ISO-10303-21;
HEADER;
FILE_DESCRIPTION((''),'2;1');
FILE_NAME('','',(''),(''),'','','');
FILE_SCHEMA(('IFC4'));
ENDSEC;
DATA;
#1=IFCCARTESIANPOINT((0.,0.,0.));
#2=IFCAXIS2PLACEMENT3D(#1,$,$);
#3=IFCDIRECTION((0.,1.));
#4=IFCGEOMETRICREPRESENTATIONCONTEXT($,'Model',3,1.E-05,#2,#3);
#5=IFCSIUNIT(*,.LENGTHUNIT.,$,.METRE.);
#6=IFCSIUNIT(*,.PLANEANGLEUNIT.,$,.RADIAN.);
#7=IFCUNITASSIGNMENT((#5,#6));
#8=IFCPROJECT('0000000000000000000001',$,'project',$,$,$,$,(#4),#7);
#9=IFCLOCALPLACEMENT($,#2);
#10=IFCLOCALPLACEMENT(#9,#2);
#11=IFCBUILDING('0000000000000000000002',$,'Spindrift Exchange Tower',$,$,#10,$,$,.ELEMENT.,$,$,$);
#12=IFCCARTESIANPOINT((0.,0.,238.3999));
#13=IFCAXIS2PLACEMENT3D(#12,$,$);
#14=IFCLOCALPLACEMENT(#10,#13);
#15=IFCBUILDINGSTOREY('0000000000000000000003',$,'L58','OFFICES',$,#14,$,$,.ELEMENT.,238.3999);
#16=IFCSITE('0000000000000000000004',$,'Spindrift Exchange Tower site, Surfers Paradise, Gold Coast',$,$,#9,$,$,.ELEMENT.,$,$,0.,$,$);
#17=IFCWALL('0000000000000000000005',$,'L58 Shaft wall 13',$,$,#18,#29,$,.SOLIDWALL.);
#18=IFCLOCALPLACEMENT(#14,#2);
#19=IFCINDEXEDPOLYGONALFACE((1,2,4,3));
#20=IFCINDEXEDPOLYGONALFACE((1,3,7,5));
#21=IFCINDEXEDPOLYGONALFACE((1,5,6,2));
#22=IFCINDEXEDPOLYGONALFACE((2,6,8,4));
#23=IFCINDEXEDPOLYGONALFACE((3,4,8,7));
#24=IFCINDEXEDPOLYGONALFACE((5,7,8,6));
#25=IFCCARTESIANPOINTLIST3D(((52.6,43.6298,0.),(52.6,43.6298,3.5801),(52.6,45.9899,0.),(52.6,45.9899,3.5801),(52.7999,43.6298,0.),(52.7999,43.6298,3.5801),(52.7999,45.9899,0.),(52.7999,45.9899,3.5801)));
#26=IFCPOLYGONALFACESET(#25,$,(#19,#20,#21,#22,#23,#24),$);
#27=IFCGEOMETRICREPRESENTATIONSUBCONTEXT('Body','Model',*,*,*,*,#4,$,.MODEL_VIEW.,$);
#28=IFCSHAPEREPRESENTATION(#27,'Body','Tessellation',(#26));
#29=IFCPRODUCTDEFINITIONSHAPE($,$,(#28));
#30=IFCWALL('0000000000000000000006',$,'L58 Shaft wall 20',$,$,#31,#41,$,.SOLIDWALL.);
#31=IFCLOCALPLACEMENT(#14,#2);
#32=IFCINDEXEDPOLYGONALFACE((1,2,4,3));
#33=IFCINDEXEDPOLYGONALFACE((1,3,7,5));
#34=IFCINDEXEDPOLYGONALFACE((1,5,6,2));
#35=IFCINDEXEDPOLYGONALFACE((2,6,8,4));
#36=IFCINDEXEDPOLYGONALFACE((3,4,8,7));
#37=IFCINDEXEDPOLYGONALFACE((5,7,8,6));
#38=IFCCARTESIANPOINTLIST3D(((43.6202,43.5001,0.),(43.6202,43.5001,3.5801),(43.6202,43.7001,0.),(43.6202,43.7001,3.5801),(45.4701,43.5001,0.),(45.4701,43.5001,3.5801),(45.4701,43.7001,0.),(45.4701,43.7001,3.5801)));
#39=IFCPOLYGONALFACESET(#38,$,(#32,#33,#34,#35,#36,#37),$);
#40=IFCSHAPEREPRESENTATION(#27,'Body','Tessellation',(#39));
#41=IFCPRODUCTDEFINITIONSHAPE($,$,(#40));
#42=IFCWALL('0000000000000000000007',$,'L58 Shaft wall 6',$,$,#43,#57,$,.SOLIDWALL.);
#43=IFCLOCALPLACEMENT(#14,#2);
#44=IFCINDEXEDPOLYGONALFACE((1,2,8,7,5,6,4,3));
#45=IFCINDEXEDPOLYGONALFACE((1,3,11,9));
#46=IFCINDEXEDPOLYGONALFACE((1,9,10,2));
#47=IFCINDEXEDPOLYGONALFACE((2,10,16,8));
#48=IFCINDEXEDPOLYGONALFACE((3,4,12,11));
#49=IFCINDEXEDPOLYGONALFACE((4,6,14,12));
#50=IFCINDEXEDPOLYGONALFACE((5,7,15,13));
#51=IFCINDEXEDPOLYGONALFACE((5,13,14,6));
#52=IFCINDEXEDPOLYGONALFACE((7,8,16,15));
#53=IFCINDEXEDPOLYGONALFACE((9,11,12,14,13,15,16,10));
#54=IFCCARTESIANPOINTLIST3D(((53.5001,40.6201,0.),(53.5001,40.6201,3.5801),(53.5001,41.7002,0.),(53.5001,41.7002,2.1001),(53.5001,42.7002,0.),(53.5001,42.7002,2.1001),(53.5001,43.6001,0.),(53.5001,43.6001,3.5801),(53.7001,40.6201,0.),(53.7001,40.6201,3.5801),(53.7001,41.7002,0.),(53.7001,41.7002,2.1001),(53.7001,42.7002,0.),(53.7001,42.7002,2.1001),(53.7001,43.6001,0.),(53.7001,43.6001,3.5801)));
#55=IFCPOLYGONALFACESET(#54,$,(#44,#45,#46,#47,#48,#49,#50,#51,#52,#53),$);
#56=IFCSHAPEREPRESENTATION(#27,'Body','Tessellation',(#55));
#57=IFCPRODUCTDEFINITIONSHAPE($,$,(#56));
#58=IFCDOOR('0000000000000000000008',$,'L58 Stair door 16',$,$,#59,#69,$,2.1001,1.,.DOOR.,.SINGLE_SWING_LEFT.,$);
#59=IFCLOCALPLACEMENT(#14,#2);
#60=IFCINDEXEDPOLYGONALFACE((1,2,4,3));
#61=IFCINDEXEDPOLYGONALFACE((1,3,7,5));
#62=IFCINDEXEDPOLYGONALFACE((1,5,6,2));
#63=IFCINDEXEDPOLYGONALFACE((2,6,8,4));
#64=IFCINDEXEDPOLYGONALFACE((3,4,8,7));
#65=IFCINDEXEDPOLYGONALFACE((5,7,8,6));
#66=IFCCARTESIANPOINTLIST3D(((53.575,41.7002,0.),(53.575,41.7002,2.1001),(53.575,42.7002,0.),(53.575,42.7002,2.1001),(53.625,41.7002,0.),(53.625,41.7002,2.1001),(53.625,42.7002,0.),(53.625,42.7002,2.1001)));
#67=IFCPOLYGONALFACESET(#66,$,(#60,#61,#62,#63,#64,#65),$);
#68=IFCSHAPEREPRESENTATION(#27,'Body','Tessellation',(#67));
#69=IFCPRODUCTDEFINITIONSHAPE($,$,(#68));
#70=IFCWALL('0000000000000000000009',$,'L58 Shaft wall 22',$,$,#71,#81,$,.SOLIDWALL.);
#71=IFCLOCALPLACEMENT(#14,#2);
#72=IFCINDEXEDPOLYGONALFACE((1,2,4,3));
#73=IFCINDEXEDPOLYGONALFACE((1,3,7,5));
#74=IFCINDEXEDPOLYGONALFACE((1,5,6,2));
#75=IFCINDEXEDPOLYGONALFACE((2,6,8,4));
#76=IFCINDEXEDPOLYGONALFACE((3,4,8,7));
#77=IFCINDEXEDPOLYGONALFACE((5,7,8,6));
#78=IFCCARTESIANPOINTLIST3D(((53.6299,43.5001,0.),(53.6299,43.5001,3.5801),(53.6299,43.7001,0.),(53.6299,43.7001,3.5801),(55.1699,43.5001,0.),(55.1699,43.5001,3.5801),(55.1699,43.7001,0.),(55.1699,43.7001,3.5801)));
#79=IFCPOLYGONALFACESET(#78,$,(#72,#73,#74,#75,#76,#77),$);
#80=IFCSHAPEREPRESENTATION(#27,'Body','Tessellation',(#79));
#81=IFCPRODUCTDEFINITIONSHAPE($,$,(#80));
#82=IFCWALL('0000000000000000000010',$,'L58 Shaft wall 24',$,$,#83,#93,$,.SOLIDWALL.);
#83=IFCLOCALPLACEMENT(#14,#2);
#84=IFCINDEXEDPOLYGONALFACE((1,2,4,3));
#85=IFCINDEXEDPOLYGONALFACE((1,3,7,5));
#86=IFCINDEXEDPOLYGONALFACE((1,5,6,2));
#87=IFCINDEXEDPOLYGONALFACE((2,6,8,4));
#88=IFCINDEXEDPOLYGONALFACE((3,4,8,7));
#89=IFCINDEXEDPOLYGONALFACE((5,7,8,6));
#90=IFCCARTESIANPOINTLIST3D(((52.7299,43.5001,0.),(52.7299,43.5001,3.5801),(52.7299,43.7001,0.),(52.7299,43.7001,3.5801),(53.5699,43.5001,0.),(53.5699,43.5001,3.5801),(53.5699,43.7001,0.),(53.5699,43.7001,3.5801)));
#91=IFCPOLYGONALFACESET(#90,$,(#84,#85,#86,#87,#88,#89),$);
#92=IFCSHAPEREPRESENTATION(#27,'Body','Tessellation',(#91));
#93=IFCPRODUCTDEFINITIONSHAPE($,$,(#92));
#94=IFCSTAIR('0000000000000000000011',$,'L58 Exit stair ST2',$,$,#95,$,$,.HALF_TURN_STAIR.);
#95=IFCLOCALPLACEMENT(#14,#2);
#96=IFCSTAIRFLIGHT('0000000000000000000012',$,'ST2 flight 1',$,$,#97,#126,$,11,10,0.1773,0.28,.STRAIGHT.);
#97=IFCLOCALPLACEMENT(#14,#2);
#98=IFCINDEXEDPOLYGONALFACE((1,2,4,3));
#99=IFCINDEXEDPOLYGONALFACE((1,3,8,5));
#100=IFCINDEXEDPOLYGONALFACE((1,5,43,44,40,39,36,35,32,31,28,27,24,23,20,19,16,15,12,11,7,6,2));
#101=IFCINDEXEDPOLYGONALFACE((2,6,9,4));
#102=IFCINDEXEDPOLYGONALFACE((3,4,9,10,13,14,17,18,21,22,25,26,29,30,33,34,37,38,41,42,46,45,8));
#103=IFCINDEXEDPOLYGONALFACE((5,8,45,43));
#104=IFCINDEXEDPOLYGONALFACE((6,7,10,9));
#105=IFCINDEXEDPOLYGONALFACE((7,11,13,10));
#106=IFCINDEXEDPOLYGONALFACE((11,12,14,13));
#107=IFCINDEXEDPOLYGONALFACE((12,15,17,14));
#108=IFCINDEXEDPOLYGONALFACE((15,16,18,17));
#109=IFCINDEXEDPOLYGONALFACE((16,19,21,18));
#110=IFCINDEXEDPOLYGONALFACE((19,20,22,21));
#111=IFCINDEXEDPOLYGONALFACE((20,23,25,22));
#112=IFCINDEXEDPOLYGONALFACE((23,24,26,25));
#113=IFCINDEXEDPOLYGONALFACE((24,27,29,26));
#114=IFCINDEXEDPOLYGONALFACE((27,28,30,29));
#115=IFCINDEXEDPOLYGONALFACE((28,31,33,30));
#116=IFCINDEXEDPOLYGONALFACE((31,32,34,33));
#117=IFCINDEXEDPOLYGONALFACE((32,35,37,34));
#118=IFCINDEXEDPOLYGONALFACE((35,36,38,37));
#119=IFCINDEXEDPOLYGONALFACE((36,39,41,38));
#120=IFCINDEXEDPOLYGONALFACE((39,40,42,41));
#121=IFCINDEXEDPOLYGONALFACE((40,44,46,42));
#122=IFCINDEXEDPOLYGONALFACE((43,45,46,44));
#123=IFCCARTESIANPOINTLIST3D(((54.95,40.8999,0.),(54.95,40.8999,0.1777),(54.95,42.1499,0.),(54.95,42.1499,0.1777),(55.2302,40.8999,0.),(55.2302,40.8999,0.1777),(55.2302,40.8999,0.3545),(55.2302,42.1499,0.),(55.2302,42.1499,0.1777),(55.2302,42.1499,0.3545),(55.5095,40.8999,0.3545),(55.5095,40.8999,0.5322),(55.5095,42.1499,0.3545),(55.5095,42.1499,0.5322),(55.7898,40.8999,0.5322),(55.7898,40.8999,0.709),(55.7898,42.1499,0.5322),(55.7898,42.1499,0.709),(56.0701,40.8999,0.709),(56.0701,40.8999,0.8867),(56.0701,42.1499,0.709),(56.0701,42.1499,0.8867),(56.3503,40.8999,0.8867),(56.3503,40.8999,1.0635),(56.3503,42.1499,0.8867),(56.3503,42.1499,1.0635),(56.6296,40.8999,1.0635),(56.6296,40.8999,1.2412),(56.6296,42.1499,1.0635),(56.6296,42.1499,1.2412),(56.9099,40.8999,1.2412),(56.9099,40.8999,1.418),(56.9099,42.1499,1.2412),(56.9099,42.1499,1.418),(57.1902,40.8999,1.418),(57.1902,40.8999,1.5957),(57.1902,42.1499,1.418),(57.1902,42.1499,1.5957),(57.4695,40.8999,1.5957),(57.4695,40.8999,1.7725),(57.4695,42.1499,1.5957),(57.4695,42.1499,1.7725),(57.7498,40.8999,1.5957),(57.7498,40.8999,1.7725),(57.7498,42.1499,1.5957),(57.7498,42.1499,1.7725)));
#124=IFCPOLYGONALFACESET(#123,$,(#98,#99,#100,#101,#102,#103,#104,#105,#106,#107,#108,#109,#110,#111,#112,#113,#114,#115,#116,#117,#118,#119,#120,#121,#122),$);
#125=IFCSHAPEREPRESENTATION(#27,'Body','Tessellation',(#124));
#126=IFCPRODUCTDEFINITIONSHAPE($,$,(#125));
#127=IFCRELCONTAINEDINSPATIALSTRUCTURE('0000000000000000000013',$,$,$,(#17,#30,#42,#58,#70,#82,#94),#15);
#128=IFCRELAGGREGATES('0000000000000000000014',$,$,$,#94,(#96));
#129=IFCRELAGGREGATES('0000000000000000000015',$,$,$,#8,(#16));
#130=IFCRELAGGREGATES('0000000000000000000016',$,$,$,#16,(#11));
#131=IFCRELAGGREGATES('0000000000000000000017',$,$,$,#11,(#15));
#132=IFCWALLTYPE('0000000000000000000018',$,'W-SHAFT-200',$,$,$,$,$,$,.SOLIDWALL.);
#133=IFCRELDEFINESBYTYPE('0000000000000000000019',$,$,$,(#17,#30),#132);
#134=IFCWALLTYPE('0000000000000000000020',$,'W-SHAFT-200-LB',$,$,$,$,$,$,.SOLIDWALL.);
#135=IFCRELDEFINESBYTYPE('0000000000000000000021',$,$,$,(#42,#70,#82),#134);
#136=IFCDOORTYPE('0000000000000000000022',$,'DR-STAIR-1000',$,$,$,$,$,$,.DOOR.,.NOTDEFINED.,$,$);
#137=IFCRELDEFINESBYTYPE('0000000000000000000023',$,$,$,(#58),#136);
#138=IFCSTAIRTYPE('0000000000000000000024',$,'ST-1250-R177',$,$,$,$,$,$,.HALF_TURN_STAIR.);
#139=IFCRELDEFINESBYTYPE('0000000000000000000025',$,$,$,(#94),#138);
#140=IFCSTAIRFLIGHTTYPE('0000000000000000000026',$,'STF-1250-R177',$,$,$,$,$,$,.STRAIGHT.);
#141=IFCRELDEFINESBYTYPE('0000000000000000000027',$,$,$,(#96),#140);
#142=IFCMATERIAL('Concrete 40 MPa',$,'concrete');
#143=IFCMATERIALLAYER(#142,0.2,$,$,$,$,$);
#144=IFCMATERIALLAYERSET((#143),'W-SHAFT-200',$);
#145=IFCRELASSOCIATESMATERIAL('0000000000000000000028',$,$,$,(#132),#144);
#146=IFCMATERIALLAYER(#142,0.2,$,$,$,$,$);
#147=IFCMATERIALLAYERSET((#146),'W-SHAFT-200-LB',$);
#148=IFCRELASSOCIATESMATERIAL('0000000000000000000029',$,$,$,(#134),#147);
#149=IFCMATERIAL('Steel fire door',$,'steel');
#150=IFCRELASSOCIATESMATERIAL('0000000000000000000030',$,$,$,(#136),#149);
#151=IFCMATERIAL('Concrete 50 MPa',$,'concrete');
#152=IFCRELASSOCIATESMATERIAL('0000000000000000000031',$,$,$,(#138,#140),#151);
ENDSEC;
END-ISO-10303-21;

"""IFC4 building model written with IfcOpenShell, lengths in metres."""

from ifc_helpers import new_model, si_unit, direction, frame, frame_2d, origin, place, context, subcontext, project, spatial, line, indexed_curve, rectangle, outline, extrude, source, transform, mapped, material, layer, layer_set, type_object, element, fill, aggregate, save


model = new_model("IFC4")

# Units and contexts
model_context = context("Model", 3, precision=1e-05, world=origin(), true_north=direction((0.0, 1.0)))
body_context = subcontext(model_context, "Body", "Model", "MODEL_VIEW")
ifc_project = project(units=[si_unit("LENGTHUNIT", "METRE"), si_unit("PLANEANGLEUNIT", "RADIAN")], contexts=[model_context])

# Site, building, storey
site_placement = place(None, origin())
site = spatial("IfcSite", under=ifc_project, at=site_placement, Name="Spindrift Exchange Tower site, Surfers Paradise, Gold Coast", CompositionType="ELEMENT", RefElevation=0.0)
building_placement = place(site_placement, origin())
building = spatial("IfcBuilding", under=site, at=building_placement, Name="Spindrift Exchange Tower", CompositionType="ELEMENT")
storey_placement = place(building_placement, frame((0.0, 0.0, 238.3999)))
storey = spatial("IfcBuildingStorey", under=building, at=storey_placement, Name="L58", Description="OFFICES", CompositionType="ELEMENT", Elevation=238.3999)

# Shared definitions
ifc_material_1 = material(Name="Concrete 40 MPa", Category="concrete")
ifc_layer_1 = layer(ifc_material_1, 0.2)
ifc_layer_set_1 = layer_set([ifc_layer_1], Name="W-SHAFT-200")
wall_type_1 = type_object("IfcWallType", Name="W-SHAFT-200", PredefinedType="SOLIDWALL", material=ifc_layer_set_1)

# Walls
wall_1_placement = place(storey_placement, frame((52.7, 45.99, 0.0), z_axis=(0.0, 0.0, 1.0), x_axis=(0.0, -1.0, 0.0)))
element("IfcWall", 1, at=wall_1_placement, inside=storey, type_object=wall_type_1, Name="L58 Shaft wall 13", PredefinedType="SOLIDWALL", context=body_context, shape_type="SweptSolid", body=[
    extrude(rectangle(XDim=2.3601, YDim=0.2, at=frame_2d((1.1802, 0.0))), origin(), (0.0, 0.0, 1.0), 3.5801),
])
wall_2_placement = place(storey_placement, frame((45.47, 43.6001, 0.0), z_axis=(0.0, 0.0, 1.0), x_axis=(-1.0, 0.0, 0.0)))
element("IfcWall", 2, at=wall_2_placement, inside=storey, type_object=wall_type_1, Name="L58 Shaft wall 20", PredefinedType="SOLIDWALL", context=body_context, shape_type="SweptSolid", body=[
    extrude(rectangle(XDim=1.8499, YDim=0.2, at=frame_2d((0.9248, 0.0))), origin(), (0.0, 0.0, 1.0), 3.5801),
])

# Wall, opening, door
ifc_layer_2 = layer(ifc_material_1, 0.2)
ifc_layer_set_2 = layer_set([ifc_layer_2], Name="W-SHAFT-200-LB")
wall_type_2 = type_object("IfcWallType", Name="W-SHAFT-200-LB", PredefinedType="SOLIDWALL", material=ifc_layer_set_2)
wall_3_placement = place(storey_placement, frame((53.6001, 43.6001, 0.0), z_axis=(0.0, 0.0, 1.0), x_axis=(0.0, -1.0, 0.0)))
wall_3 = element("IfcWall", 3, at=wall_3_placement, inside=storey, type_object=wall_type_2, Name="L58 Shaft wall 6", PredefinedType="SOLIDWALL", context=body_context, shape_type="SweptSolid", body=[
    extrude(rectangle(XDim=2.98, YDim=0.2, at=frame_2d((1.49, 0.0))), origin(), (0.0, 0.0, 1.0), 3.5801),
])
opening_1_placement = place(wall_3_placement, frame((0.8999, 0.0, 0.0)))
opening_1 = element("IfcOpeningElement", 4, at=opening_1_placement, cuts=wall_3, PredefinedType="OPENING", context=body_context, shape_type="SweptSolid", body=[
    extrude(rectangle(XDim=1.0, YDim=2.1001, at=frame_2d((0.5, 1.05))), frame((0.0, 0.1099, 0.0), z_axis=(0.0, -1.0, 0.0), x_axis=(1.0, 0.0, 0.0)), (0.0, 0.0, 1.0), 0.22),
])
ifc_material_2 = material(Name="Steel fire door", Category="steel")
door_type_1 = type_object("IfcDoorType", Name="DR-STAIR-1000", OperationType="NOTDEFINED", PredefinedType="DOOR", material=ifc_material_2)
shared_shape_1 = source(origin(), body_context, "Body", "SweptSolid", [
    extrude(rectangle(XDim=1.0, YDim=2.1001, at=frame_2d((0.5, 1.05))), frame((0.0, 0.0249, 0.0), z_axis=(0.0, -1.0, 0.0), x_axis=(1.0, 0.0, 0.0)), (0.0, 0.0, 1.0), 0.05),
])
door_1_placement = place(opening_1_placement, origin())
door_1 = element("IfcDoor", 5, at=door_1_placement, inside=storey, type_object=door_type_1, Name="L58 Stair door 16", OperationType="SINGLE_SWING_LEFT", OverallHeight=2.1001, OverallWidth=1.0, PredefinedType="DOOR", context=body_context, shape_type="MappedRepresentation", body=[
    mapped(shared_shape_1, transform((0.0, 0.0, 0.0), scale=1.0)),
])
fill(opening_1, door_1)

# Walls
wall_4_placement = place(storey_placement, frame((53.6299, 43.6001, 0.0), z_axis=(0.0, 0.0, 1.0), x_axis=(1.0, 0.0, 0.0)))
element("IfcWall", 6, at=wall_4_placement, inside=storey, type_object=wall_type_2, Name="L58 Shaft wall 22", PredefinedType="SOLIDWALL", context=body_context, shape_type="SweptSolid", body=[
    extrude(rectangle(XDim=1.54, YDim=0.2, at=frame_2d((0.77, 0.0))), origin(), (0.0, 0.0, 1.0), 3.5801),
])
wall_5_placement = place(storey_placement, frame((52.73, 43.6001, 0.0), z_axis=(0.0, 0.0, 1.0), x_axis=(1.0, 0.0, 0.0)))
element("IfcWall", 7, at=wall_5_placement, inside=storey, type_object=wall_type_2, Name="L58 Shaft wall 24", PredefinedType="SOLIDWALL", context=body_context, shape_type="SweptSolid", body=[
    extrude(rectangle(XDim=0.8401, YDim=0.2, at=frame_2d((0.4199, 0.0))), origin(), (0.0, 0.0, 1.0), 3.5801),
])

# Stair, stair flight
ifc_material_3 = material(Name="Concrete 50 MPa", Category="concrete")
stair_type = type_object("IfcStairType", Name="ST-1250-R177", PredefinedType="HALF_TURN_STAIR", material=ifc_material_3)
stair_placement = place(storey_placement, origin())
stair = element("IfcStair", 8, at=stair_placement, inside=storey, type_object=stair_type, Name="L58 Exit stair ST2", PredefinedType="HALF_TURN_STAIR")
stair_flight_type = type_object("IfcStairFlightType", Name="STF-1250-R177", PredefinedType="STRAIGHT", material=ifc_material_3)
stair_flight_placement = place(storey_placement, frame((54.95, 41.5249, 0.0), z_axis=(0.0, 0.0, 1.0), x_axis=(1.0, 0.0, 0.0)))
stair_flight = element("IfcStairFlight", 9, at=stair_flight_placement, type_object=stair_flight_type, Name="ST2 flight 1", NumberOfRisers=11, NumberOfTreads=10, PredefinedType="STRAIGHT", RiserHeight=0.1773, TreadLength=0.28, context=body_context, shape_type="SweptSolid", body=[
    extrude(outline(indexed_curve([(0.0, 0.0), (0.0, 0.1777), (0.2803, 0.1777), (0.2803, 0.3545), (0.5596, 0.3545), (0.5596, 0.5322), (0.8398, 0.5322), (0.8398, 0.709), (1.1201, 0.709), (1.1201, 0.8867), (1.4004, 0.8867), (1.4004, 1.0635), (1.6797, 1.0635), (1.6797, 1.2412), (1.96, 1.2412), (1.96, 1.418), (2.2402, 1.418), (2.2402, 1.5957), (2.5195, 1.5957), (2.5195, 1.7725), (2.7998, 1.7725), (2.7998, 1.9502), (2.7998, 1.5957), (0.2803, 0.0)], segments=[line(1, 2, 3, 4, 5, 6, 7, 8, 9, 10, 11, 12, 13, 14, 15, 16, 17, 18, 19, 20, 21, 22, 23, 24, 1)], self_intersect=False)), frame((0.0, 0.625, 0.0), z_axis=(0.0, -1.0, 0.0), x_axis=(1.0, 0.0, 0.0)), (0.0, 0.0, 1.0), 1.25),
])
aggregate(stair, [stair_flight])

save(model, "model.ifc")
